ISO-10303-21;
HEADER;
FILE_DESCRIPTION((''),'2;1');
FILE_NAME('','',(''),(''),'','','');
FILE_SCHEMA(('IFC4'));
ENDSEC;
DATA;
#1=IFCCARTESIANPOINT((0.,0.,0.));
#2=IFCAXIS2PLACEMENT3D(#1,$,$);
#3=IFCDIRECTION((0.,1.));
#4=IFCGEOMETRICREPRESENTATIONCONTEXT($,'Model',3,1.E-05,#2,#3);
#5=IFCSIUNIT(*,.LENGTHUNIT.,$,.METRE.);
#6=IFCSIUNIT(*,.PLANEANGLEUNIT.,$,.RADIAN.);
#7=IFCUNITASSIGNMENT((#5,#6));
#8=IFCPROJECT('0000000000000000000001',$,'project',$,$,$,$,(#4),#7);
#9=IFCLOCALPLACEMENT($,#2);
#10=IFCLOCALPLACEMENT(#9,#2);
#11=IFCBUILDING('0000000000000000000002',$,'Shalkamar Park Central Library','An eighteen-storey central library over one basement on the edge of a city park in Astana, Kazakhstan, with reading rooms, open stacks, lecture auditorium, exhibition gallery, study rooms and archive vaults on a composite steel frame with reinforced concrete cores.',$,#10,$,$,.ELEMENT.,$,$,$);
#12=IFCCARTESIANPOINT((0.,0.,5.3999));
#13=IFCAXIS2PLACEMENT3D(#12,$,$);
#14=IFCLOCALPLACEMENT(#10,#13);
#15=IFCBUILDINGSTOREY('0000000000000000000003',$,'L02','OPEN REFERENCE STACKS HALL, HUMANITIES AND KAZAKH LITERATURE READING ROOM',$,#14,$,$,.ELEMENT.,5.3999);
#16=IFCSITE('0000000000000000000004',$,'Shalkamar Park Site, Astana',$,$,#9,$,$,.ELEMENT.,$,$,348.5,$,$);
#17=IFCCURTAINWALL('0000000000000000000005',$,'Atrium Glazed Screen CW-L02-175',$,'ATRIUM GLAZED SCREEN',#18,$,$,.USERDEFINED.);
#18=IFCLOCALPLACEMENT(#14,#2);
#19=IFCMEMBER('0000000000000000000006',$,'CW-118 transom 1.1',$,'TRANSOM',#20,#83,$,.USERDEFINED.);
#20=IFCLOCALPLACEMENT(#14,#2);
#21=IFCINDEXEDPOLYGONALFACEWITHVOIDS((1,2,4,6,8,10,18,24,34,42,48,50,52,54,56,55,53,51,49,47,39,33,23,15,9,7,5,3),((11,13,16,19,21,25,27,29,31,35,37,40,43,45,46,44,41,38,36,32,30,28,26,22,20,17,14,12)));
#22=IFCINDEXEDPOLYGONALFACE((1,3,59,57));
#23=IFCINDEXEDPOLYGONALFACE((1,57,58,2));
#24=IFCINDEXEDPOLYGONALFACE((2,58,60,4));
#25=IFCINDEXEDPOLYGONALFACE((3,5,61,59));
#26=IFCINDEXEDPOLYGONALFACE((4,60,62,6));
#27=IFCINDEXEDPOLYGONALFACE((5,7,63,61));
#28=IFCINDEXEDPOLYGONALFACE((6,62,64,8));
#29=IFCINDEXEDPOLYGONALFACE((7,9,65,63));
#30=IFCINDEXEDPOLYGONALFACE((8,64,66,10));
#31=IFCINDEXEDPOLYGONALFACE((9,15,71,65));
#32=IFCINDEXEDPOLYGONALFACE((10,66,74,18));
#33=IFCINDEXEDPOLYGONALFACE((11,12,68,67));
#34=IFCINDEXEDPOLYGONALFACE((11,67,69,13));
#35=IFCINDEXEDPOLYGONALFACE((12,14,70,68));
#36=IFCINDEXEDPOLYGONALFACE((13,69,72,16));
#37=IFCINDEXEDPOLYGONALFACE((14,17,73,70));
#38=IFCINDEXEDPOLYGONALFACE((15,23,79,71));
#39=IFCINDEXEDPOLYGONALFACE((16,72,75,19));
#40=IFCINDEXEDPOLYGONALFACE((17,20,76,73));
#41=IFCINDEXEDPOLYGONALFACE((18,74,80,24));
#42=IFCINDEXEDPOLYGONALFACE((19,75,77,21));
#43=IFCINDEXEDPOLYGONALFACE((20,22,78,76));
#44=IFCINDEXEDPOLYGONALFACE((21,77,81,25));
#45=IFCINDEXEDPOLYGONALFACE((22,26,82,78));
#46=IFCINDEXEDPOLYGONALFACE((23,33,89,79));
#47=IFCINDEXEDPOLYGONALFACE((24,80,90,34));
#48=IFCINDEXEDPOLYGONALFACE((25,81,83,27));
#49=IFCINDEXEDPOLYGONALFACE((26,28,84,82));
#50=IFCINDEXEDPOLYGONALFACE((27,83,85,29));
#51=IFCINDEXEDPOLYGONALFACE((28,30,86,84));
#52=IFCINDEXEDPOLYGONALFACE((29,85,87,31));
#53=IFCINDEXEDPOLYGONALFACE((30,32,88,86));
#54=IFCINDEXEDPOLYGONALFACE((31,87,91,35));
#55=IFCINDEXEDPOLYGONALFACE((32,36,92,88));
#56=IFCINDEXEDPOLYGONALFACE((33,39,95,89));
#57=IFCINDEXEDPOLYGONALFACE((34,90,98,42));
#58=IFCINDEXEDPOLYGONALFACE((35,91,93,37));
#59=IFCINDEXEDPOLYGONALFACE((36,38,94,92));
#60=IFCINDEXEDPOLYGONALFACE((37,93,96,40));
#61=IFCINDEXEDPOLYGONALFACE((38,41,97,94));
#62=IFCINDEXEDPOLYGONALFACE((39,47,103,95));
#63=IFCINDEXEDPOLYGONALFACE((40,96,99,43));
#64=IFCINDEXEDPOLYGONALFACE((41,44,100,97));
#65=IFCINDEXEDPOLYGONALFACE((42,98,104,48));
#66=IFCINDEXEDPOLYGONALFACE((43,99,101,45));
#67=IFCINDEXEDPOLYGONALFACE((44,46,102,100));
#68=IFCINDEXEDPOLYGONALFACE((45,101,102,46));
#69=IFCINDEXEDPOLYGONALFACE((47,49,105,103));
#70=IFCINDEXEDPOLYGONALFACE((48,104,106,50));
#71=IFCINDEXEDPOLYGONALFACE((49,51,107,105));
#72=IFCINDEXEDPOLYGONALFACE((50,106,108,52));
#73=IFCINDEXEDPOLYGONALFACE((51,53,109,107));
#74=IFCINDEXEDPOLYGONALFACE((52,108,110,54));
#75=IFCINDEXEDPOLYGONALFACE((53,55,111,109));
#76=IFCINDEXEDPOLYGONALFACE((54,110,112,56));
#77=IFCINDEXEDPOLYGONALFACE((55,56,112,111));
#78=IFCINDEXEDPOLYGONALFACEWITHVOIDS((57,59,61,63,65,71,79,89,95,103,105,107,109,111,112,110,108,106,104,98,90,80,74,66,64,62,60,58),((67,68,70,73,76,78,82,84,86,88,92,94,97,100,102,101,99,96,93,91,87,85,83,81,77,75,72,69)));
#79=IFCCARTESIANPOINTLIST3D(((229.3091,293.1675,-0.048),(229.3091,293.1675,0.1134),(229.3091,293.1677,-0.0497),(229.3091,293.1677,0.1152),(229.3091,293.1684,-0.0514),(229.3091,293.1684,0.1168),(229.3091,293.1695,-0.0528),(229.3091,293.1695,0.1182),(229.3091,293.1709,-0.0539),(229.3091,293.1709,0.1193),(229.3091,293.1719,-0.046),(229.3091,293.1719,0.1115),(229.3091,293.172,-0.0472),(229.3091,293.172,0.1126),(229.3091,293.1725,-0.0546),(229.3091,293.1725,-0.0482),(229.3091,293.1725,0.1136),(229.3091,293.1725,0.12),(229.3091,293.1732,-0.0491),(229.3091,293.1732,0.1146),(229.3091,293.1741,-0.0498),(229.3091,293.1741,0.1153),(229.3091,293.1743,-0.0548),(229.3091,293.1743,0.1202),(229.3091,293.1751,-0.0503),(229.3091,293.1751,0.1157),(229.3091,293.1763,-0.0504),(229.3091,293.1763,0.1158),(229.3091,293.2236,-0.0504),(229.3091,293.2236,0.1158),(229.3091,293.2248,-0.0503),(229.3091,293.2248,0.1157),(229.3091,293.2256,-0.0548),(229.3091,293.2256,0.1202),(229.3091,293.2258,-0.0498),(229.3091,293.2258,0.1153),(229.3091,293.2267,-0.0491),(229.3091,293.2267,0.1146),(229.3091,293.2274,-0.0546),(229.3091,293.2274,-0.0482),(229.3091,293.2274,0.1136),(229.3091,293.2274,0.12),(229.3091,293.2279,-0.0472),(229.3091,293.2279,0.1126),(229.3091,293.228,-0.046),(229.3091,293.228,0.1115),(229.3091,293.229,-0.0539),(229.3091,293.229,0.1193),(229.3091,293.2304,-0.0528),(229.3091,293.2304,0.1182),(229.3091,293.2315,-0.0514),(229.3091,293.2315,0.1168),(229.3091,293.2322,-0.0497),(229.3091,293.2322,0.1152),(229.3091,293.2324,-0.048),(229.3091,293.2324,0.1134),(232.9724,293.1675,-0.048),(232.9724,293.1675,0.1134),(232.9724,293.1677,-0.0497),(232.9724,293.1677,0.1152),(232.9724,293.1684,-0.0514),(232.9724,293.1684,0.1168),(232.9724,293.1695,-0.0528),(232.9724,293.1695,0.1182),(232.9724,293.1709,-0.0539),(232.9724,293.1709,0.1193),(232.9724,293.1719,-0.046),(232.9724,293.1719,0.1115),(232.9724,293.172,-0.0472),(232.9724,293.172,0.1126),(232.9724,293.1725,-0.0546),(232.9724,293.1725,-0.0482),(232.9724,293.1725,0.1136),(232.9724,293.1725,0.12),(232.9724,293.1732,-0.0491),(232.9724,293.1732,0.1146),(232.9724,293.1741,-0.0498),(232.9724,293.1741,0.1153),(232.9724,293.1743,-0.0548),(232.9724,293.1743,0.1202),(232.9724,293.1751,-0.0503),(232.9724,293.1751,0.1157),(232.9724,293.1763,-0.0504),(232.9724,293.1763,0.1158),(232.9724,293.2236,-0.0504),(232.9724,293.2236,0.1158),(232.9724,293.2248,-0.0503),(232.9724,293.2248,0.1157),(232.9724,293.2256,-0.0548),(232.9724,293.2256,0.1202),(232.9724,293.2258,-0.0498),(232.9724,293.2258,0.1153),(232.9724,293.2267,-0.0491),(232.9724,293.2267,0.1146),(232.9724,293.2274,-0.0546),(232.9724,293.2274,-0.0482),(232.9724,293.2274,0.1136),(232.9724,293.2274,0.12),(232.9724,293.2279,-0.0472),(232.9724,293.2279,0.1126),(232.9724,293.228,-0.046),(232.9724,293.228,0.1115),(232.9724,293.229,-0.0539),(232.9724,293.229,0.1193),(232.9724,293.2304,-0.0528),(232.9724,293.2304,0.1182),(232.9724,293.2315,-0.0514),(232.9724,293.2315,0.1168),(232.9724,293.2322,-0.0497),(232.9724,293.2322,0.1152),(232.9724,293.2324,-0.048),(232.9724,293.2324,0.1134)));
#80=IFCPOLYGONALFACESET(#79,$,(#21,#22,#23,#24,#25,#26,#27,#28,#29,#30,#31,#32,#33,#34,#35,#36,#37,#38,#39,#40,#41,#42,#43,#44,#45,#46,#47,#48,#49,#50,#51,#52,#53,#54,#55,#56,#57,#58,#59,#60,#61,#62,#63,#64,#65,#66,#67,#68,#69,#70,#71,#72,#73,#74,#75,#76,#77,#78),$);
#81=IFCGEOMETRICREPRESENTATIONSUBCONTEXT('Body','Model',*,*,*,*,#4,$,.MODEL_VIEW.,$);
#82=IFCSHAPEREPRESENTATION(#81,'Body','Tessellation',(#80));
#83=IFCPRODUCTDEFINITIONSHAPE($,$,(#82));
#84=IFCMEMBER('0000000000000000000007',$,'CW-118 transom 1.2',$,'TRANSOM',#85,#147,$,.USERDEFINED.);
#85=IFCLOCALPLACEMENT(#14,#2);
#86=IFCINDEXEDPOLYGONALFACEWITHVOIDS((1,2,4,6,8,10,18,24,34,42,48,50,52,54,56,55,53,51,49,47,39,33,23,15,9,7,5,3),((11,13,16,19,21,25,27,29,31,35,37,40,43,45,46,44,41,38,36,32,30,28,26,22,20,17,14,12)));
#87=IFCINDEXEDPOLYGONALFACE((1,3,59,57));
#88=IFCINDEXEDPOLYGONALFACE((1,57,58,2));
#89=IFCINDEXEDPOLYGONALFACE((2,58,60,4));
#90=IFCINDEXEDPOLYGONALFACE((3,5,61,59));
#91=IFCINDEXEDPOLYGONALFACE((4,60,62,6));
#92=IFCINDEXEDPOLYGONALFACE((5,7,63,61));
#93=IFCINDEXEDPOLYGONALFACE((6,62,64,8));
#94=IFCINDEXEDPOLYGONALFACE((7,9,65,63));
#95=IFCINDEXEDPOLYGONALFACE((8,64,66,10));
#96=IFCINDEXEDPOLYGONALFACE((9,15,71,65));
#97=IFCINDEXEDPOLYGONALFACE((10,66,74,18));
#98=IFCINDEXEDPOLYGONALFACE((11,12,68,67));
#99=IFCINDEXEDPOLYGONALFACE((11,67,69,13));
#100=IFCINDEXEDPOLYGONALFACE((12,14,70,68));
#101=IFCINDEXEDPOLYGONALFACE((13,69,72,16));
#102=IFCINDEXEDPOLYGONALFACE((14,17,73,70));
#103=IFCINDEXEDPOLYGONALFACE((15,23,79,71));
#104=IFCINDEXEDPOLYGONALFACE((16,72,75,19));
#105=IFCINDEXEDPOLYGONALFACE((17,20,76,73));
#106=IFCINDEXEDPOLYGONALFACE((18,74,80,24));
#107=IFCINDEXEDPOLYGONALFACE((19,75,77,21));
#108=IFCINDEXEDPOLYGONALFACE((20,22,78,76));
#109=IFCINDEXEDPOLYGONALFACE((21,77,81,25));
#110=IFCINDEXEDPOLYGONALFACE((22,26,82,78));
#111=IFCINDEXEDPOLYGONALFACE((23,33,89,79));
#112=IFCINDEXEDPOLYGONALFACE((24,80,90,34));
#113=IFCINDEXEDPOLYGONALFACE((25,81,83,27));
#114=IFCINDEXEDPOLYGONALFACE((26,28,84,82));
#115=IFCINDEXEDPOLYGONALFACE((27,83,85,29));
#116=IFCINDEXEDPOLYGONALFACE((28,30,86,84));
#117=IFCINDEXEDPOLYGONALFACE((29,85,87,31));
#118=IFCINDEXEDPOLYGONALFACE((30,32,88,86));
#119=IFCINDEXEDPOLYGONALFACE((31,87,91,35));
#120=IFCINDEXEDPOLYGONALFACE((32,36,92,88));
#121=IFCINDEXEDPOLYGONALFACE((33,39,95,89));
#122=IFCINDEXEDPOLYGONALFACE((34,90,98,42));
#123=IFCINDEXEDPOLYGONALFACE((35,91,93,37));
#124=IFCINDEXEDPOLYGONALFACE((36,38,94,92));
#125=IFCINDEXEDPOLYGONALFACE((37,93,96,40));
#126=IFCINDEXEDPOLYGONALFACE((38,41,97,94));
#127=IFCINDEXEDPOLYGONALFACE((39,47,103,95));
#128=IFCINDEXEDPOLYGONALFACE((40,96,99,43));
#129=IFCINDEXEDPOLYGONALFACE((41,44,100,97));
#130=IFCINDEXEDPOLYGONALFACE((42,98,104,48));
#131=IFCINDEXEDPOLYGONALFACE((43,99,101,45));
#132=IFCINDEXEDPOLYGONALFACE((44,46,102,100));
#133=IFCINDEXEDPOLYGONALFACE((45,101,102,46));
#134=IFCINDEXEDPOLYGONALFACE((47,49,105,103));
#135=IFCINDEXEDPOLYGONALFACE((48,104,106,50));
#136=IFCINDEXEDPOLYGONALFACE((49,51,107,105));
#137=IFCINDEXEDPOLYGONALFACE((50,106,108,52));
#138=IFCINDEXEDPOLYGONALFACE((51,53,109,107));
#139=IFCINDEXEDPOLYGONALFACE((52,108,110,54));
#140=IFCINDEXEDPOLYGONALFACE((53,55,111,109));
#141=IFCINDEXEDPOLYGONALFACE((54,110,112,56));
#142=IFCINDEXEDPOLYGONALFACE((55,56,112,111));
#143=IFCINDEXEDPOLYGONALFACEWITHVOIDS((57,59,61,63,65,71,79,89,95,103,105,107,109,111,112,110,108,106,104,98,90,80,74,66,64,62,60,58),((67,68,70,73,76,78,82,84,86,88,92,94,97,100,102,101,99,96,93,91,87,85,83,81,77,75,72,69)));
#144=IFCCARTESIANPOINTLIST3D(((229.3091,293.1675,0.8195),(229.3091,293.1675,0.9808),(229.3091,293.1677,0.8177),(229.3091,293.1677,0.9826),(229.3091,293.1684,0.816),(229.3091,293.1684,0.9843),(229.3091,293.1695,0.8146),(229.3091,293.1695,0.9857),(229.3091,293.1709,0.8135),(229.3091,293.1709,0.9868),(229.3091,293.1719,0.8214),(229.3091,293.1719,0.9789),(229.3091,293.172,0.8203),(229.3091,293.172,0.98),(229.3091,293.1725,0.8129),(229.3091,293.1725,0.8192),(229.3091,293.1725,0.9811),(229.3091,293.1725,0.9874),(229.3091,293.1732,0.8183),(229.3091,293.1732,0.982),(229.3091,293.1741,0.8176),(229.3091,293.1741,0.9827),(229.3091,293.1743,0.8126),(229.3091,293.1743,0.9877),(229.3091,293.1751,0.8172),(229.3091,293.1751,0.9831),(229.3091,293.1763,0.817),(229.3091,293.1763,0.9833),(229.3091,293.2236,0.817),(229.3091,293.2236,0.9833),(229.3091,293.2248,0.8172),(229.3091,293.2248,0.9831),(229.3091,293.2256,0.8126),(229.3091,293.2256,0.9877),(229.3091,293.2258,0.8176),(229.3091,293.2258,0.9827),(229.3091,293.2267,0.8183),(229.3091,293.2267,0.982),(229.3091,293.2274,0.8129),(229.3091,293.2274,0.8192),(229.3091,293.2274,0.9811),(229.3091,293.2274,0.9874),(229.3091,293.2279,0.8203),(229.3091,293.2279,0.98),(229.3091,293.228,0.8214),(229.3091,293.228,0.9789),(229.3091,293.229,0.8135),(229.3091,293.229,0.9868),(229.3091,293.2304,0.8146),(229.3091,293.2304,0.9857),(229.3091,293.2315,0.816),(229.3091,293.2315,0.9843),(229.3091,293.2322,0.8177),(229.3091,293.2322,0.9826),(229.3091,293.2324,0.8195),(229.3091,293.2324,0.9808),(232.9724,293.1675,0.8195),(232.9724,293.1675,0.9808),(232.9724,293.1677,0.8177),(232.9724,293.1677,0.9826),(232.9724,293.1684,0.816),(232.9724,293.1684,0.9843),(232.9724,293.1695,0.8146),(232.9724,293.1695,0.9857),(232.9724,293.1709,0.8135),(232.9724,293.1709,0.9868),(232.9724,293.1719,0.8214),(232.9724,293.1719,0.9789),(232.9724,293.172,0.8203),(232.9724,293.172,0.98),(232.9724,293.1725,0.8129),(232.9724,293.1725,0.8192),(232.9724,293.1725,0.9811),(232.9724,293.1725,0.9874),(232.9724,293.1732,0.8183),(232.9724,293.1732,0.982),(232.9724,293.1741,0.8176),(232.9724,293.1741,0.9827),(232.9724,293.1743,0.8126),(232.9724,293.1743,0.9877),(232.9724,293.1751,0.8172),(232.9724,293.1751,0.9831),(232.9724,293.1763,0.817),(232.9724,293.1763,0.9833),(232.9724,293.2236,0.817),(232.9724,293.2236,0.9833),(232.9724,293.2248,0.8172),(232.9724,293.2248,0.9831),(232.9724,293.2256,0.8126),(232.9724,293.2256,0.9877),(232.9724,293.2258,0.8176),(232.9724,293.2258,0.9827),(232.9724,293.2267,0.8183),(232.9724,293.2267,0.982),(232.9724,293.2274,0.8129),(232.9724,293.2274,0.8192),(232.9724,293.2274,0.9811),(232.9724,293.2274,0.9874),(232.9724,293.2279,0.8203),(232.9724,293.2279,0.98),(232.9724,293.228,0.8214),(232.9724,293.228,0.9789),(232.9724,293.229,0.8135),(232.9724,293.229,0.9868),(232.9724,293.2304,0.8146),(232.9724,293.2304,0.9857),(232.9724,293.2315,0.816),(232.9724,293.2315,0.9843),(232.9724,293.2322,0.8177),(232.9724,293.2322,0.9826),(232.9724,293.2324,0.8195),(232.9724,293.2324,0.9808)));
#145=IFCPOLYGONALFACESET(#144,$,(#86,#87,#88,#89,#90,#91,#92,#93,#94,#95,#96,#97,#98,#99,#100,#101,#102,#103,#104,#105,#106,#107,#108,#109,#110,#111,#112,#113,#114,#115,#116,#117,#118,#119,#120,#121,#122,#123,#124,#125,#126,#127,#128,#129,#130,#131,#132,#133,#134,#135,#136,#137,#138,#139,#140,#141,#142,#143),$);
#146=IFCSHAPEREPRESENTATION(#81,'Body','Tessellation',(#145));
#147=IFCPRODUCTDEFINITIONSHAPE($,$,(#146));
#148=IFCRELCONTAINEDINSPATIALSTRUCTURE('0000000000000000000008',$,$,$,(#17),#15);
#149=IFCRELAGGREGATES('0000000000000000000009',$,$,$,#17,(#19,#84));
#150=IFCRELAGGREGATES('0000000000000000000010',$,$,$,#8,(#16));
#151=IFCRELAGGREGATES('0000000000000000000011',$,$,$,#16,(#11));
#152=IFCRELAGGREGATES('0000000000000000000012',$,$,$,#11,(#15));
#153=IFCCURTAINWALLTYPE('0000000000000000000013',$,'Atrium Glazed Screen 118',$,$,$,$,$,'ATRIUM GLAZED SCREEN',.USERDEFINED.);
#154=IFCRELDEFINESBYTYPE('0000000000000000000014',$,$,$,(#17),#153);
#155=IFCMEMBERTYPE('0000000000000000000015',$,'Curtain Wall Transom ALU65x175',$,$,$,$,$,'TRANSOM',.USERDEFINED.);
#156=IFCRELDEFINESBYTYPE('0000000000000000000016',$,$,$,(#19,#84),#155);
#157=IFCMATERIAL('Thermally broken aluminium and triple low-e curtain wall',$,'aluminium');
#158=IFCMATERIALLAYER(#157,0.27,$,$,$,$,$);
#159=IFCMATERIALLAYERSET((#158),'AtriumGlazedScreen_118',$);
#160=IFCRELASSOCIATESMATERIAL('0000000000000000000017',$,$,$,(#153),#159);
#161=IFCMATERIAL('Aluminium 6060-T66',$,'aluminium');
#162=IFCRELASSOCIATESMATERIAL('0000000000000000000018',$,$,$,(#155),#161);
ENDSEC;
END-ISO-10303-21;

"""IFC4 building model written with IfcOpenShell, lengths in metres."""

from ifc_helpers import new_model, si_unit, direction, frame, origin, origin_2d, place, context, subcontext, project, spatial, hollow_rectangle, extrude, material, layer, layer_set, material_profile, profile_set, type_object, element, aggregate, save


model = new_model("IFC4")

# Units and contexts
model_context = context("Model", 3, precision=1e-05, world=origin(), true_north=direction((0.0, 1.0)))
body_context = subcontext(model_context, "Body", "Model", "MODEL_VIEW")
ifc_project = project(units=[si_unit("LENGTHUNIT", "METRE"), si_unit("PLANEANGLEUNIT", "RADIAN")], contexts=[model_context])

# Site, building, storey
site_placement = place(None, origin())
site = spatial("IfcSite", under=ifc_project, at=site_placement, Name="Shalkamar Park Site, Astana", CompositionType="ELEMENT", RefElevation=348.5)
building_placement = place(site_placement, origin())
building = spatial("IfcBuilding", under=site, at=building_placement, Name="Shalkamar Park Central Library", Description="An eighteen-storey central library over one basement on the edge of a city park in Astana, Kazakhstan, with reading rooms, open stacks, lecture auditorium, exhibition gallery, study rooms and archive vaults on a composite steel frame with reinforced concrete cores.", CompositionType="ELEMENT")
storey_placement = place(building_placement, frame((0.0, 0.0, 5.3999)))
storey = spatial("IfcBuildingStorey", under=building, at=storey_placement, Name="L02", Description="OPEN REFERENCE STACKS HALL, HUMANITIES AND KAZAKH LITERATURE READING ROOM", CompositionType="ELEMENT", Elevation=5.3999)

# Curtain wall, members
ifc_material_1 = material(Name="Thermally broken aluminium and triple low-e curtain wall", Category="aluminium")
ifc_layer_1 = layer(ifc_material_1, 0.27)
ifc_layer_set_1 = layer_set([ifc_layer_1], Name="AtriumGlazedScreen_118")
curtain_wall_type = type_object("IfcCurtainWallType", Name="Atrium Glazed Screen 118", ElementType="ATRIUM GLAZED SCREEN", PredefinedType="USERDEFINED", material=ifc_layer_set_1)
curtain_wall_placement = place(storey_placement, origin())
curtain_wall = element("IfcCurtainWall", 1, at=curtain_wall_placement, inside=storey, type_object=curtain_wall_type, Name="Atrium Glazed Screen CW-L02-175", ObjectType="ATRIUM GLAZED SCREEN", PredefinedType="USERDEFINED")
ifc_material_2 = material(Name="Aluminium 6060-T66", Category="aluminium")
ifc_material_profile_1 = material_profile(ifc_material_2, hollow_rectangle(XDim=0.0649, YDim=0.175, WallThickness=0.0044, InnerFilletRadius=0.0044, OuterFilletRadius=0.0068, at=origin_2d()), Name="ALU 65x175x4.5")
ifc_profile_set_1 = profile_set([ifc_material_profile_1], Name="Aluminium 6060-T66")
member_type_1 = type_object("IfcMemberType", Name="Curtain Wall Transom ALU65x175", ElementType="TRANSOM", PredefinedType="USERDEFINED", material=ifc_profile_set_1)
member_1_placement = place(storey_placement, frame((229.3091, 293.2, 0.0327), z_axis=(1.0, 0.0, 0.0), x_axis=(0.0, 1.0, 0.0)))
member_1 = element("IfcMember", 2, at=member_1_placement, type_object=member_type_1, Name="CW-118 transom 1.1", ObjectType="TRANSOM", PredefinedType="USERDEFINED", context=body_context, shape_type="SweptSolid", body=[
    extrude(hollow_rectangle(XDim=0.0649, YDim=0.175, WallThickness=0.0044, InnerFilletRadius=0.0044, OuterFilletRadius=0.0068, at=origin_2d()), origin(), (0.0, 0.0, 1.0), 3.6633),
])
member_2_placement = place(storey_placement, frame((229.3091, 293.2, 0.9001), z_axis=(1.0, 0.0, 0.0), x_axis=(0.0, 1.0, 0.0)))
member_2 = element("IfcMember", 3, at=member_2_placement, type_object=member_type_1, Name="CW-118 transom 1.2", ObjectType="TRANSOM", PredefinedType="USERDEFINED", context=body_context, shape_type="SweptSolid", body=[
    extrude(hollow_rectangle(XDim=0.0649, YDim=0.175, WallThickness=0.0044, InnerFilletRadius=0.0044, OuterFilletRadius=0.0068, at=origin_2d()), origin(), (0.0, 0.0, 1.0), 3.6633),
])

aggregate(curtain_wall, [member_1, member_2])

save(model, "model.ifc")
